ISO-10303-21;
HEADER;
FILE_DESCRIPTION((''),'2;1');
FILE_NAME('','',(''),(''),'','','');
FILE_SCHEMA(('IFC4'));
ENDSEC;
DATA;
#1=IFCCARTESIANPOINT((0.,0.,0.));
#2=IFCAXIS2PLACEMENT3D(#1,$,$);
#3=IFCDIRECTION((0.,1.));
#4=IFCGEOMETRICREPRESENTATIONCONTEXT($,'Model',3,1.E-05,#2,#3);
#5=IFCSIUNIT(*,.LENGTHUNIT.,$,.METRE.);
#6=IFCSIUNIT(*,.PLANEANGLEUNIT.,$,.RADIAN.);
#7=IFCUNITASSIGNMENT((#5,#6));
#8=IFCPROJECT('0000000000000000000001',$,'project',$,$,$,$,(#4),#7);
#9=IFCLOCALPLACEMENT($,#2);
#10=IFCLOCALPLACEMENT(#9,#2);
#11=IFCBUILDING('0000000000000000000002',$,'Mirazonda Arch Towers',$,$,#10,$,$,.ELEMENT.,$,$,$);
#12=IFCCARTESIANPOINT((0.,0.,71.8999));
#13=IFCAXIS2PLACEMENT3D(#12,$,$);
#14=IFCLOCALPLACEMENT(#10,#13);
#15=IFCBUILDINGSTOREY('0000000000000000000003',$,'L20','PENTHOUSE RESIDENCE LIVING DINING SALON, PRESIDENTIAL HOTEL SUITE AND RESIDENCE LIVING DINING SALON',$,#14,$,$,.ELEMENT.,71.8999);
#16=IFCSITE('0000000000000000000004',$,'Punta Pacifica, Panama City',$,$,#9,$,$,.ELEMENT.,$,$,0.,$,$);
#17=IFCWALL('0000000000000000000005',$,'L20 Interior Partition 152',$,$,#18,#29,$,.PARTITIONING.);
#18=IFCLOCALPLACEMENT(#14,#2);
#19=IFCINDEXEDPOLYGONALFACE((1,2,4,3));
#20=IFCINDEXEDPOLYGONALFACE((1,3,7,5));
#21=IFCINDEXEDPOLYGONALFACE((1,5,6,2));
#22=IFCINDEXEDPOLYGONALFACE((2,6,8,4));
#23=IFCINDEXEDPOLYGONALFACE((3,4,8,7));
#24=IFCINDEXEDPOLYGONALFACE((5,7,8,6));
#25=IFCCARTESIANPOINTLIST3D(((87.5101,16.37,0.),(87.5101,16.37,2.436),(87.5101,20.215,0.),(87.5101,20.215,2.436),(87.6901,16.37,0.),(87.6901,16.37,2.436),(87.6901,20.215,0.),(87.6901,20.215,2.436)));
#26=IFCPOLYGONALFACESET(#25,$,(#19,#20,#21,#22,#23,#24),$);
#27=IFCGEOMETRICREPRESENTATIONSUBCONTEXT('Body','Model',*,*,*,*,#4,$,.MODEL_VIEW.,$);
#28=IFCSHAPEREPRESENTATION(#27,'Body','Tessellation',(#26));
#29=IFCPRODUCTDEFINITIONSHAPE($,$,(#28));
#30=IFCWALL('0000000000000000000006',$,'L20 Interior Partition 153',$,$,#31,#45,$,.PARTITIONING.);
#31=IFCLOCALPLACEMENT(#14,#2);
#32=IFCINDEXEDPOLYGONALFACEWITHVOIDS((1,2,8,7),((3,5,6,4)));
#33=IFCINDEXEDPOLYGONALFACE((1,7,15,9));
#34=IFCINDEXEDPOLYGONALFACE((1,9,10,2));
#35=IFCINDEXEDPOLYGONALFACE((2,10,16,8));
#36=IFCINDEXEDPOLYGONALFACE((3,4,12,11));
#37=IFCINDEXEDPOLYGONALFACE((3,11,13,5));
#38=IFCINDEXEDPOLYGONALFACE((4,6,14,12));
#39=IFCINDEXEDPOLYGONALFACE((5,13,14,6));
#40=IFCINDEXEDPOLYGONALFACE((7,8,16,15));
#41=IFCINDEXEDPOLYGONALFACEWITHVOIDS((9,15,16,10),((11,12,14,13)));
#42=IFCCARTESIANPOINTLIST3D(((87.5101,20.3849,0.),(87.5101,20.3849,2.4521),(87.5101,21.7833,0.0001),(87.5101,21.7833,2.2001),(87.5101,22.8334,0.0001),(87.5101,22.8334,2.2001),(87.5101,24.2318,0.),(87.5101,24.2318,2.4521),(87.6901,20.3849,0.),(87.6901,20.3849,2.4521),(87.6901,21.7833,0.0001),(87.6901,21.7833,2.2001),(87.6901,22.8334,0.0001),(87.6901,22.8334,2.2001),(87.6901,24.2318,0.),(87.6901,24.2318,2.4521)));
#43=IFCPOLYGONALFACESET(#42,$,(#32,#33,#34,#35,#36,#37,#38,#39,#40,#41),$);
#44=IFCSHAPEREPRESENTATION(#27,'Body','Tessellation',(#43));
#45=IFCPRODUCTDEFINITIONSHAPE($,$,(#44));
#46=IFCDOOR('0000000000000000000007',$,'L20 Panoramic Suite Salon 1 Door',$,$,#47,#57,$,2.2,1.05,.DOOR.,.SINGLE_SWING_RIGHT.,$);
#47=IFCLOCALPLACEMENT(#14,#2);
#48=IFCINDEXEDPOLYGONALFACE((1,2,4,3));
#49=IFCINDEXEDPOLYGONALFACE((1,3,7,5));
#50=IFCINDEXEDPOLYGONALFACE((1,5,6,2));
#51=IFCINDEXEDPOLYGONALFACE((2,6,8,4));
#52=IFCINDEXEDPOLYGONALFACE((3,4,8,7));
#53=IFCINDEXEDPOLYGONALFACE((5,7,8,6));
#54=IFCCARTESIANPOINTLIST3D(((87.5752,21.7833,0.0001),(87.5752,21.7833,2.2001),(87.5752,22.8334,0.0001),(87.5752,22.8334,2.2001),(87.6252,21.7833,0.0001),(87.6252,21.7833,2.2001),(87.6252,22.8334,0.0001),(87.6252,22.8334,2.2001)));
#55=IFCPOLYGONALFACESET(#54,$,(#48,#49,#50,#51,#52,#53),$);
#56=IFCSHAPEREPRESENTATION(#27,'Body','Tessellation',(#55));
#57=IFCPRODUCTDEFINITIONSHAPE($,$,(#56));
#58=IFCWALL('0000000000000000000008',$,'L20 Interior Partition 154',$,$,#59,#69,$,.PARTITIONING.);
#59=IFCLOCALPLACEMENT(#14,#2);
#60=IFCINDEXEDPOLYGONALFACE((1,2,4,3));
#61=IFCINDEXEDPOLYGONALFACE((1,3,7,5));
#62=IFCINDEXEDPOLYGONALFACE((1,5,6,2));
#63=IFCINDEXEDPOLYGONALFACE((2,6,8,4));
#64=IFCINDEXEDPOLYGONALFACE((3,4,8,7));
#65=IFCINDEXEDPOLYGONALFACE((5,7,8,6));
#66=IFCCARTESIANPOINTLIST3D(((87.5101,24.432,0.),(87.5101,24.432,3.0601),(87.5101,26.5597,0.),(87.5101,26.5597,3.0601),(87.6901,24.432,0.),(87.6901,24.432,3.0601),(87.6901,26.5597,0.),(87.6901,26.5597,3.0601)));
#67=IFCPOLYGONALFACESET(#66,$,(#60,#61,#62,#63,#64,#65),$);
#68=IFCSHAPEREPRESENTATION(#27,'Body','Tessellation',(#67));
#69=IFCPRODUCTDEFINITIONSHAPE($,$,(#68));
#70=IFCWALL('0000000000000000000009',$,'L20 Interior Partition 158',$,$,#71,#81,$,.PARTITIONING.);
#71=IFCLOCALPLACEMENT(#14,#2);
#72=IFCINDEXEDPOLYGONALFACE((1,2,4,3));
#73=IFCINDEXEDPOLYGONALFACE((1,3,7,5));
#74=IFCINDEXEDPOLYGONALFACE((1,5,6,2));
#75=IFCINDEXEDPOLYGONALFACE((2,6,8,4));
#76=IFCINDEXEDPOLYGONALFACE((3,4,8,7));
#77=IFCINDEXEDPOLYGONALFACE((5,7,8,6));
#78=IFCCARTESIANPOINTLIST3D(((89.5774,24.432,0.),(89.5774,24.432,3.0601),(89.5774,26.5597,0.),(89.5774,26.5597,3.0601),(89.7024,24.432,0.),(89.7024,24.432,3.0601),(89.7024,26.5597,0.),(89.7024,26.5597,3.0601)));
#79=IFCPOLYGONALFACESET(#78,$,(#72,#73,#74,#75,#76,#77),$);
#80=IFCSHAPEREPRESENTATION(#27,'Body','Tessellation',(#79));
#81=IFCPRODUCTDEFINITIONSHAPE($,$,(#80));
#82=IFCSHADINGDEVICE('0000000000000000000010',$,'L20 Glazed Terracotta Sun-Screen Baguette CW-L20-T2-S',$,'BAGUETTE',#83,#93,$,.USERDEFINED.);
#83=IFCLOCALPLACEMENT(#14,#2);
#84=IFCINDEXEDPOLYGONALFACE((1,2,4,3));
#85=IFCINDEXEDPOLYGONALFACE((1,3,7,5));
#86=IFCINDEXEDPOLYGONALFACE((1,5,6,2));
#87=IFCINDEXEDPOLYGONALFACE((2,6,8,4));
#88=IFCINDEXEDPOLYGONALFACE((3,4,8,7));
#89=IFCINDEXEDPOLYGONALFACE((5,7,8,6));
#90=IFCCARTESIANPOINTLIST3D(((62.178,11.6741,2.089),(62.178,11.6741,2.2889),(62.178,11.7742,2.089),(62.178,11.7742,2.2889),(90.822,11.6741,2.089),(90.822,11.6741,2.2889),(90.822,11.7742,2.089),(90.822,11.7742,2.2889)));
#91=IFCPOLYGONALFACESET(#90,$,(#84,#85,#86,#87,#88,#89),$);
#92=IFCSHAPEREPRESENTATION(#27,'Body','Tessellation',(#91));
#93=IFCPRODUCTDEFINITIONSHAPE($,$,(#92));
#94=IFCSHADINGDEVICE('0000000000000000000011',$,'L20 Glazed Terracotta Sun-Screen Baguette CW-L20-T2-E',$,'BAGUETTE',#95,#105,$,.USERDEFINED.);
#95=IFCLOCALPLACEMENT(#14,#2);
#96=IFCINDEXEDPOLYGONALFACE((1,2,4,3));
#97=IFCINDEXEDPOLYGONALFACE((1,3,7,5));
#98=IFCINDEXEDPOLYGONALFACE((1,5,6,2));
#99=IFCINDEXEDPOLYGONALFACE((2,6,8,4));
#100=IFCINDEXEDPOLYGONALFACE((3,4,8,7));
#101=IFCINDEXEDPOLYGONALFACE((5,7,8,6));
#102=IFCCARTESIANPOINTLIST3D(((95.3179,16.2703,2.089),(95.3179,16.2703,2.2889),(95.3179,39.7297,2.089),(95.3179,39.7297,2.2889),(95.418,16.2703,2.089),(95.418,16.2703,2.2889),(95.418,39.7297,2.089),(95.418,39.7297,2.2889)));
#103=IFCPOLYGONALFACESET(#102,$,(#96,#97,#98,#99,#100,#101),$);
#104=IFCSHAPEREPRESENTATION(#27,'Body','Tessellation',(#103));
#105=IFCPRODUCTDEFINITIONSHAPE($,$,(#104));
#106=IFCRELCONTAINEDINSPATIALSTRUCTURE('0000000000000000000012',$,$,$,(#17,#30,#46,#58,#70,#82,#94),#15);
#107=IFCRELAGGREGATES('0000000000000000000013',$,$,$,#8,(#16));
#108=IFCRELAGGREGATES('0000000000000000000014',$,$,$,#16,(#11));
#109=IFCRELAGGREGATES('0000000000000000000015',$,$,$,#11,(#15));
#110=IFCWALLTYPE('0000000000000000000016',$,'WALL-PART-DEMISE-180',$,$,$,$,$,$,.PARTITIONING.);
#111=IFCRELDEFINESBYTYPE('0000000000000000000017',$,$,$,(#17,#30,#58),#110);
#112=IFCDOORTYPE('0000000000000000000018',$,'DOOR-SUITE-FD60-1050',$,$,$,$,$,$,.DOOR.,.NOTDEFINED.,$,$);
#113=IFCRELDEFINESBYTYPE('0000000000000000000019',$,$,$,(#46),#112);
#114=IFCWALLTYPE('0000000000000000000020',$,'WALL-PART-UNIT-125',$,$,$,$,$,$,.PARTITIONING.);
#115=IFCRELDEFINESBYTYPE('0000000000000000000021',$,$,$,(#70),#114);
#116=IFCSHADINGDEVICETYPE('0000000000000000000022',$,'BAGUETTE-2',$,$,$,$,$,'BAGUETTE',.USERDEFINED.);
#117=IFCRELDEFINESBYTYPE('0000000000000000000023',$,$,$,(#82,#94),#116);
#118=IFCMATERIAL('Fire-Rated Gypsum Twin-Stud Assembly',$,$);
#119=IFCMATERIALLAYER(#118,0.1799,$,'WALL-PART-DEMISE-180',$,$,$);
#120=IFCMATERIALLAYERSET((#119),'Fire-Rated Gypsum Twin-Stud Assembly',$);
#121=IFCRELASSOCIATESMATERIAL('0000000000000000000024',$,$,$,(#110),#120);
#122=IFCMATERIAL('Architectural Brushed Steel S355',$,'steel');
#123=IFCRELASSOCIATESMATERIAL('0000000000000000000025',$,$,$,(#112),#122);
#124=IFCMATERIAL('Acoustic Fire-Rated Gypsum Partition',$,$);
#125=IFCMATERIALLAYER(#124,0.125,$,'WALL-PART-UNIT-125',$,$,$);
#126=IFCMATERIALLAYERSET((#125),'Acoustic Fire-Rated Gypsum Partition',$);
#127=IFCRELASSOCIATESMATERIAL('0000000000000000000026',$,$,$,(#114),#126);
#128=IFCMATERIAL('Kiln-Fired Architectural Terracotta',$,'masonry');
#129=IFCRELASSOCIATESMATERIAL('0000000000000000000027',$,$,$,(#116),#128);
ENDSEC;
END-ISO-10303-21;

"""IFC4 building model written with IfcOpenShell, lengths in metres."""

from ifc_helpers import new_model, si_unit, direction, frame, frame_2d, origin, origin_2d, place, context, subcontext, project, spatial, rectangle, extrude, material, layer, layer_set, material_profile, profile_set, type_object, element, fill, save


model = new_model("IFC4")

# Units and contexts
model_context = context("Model", 3, precision=1e-05, world=origin(), true_north=direction((0.0, 1.0)))
body_context = subcontext(model_context, "Body", "Model", "MODEL_VIEW")
ifc_project = project(units=[si_unit("LENGTHUNIT", "METRE"), si_unit("PLANEANGLEUNIT", "RADIAN")], contexts=[model_context])

# Site, building, storey
site_placement = place(None, origin())
site = spatial("IfcSite", under=ifc_project, at=site_placement, Name="Punta Pacifica, Panama City", CompositionType="ELEMENT", RefElevation=0.0)
building_placement = place(site_placement, origin())
building = spatial("IfcBuilding", under=site, at=building_placement, Name="Mirazonda Arch Towers", CompositionType="ELEMENT")
storey_placement = place(building_placement, frame((0.0, 0.0, 71.8999)))
storey = spatial("IfcBuildingStorey", under=building, at=storey_placement, Name="L20", Description="PENTHOUSE RESIDENCE LIVING DINING SALON, PRESIDENTIAL HOTEL SUITE AND RESIDENCE LIVING DINING SALON", CompositionType="ELEMENT", Elevation=71.8999)

# Shared definitions
ifc_material_1 = material(Name="Fire-Rated Gypsum Twin-Stud Assembly")
ifc_layer_1 = layer(ifc_material_1, 0.1799, Name="WALL-PART-DEMISE-180")
ifc_layer_set_1 = layer_set([ifc_layer_1], Name="Fire-Rated Gypsum Twin-Stud Assembly")
wall_type_1 = type_object("IfcWallType", Name="WALL-PART-DEMISE-180", PredefinedType="PARTITIONING", material=ifc_layer_set_1)

# Shared definitions
ifc_material_2 = material(Name="Architectural Brushed Steel S355", Category="steel")

# Wall
wall_1_placement = place(storey_placement, frame((87.6001, 16.3701, 0.0), z_axis=(0.0, 0.0, 1.0), x_axis=(0.0, 1.0, 0.0)))
element("IfcWall", 1, at=wall_1_placement, inside=storey, type_object=wall_type_1, Name="L20 Interior Partition 152", PredefinedType="PARTITIONING", context=body_context, shape_type="SweptSolid", body=[
    extrude(rectangle(XDim=3.845, YDim=0.1799, at=frame_2d((1.9224, 0.0))), origin(), (0.0, 0.0, 1.0), 2.436),
])

# Wall, opening, door
wall_2_placement = place(storey_placement, frame((87.6001, 20.385, 0.0), z_axis=(0.0, 0.0, 1.0), x_axis=(0.0, 1.0, 0.0)))
wall_2 = element("IfcWall", 2, at=wall_2_placement, inside=storey, type_object=wall_type_1, Name="L20 Interior Partition 153", PredefinedType="PARTITIONING", context=body_context, shape_type="SweptSolid", body=[
    extrude(rectangle(XDim=3.8469, YDim=0.1799, at=frame_2d((1.9233, 0.0))), origin(), (0.0, 0.0, 1.0), 2.4521),
])
opening_1_placement = place(wall_2_placement, frame((1.3984, 0.0, 0.0)))
opening_1 = element("IfcOpeningElement", 3, at=opening_1_placement, cuts=wall_2, PredefinedType="OPENING", context=body_context, shape_type="SweptSolid", body=[
    extrude(rectangle(XDim=1.05, YDim=2.2, at=frame_2d((0.5249, 1.1001))), frame((0.0, 0.0999, 0.0), z_axis=(0.0, -1.0, 0.0), x_axis=(1.0, 0.0, 0.0)), (0.0, 0.0, 1.0), 0.2),
])
door_type_1 = type_object("IfcDoorType", Name="DOOR-SUITE-FD60-1050", OperationType="NOTDEFINED", PredefinedType="DOOR", material=ifc_material_2)
door_1_placement = place(opening_1_placement, origin())
door_1 = element("IfcDoor", 4, at=door_1_placement, inside=storey, type_object=door_type_1, Name="L20 Panoramic Suite Salon 1 Door", OperationType="SINGLE_SWING_RIGHT", OverallHeight=2.2, OverallWidth=1.05, PredefinedType="DOOR", context=body_context, shape_type="SweptSolid", body=[
    extrude(rectangle(XDim=1.05, YDim=2.2, at=frame_2d((0.5249, 1.1001))), frame((0.0, 0.0249, 0.0), z_axis=(0.0, -1.0, 0.0), x_axis=(1.0, 0.0, 0.0)), (0.0, 0.0, 1.0), 0.05),
])
fill(opening_1, door_1)

# Walls
wall_3_placement = place(storey_placement, frame((87.6001, 24.4319, 0.0), z_axis=(0.0, 0.0, 1.0), x_axis=(0.0, 1.0, 0.0)))
element("IfcWall", 5, at=wall_3_placement, inside=storey, type_object=wall_type_1, Name="L20 Interior Partition 154", PredefinedType="PARTITIONING", context=body_context, shape_type="SweptSolid", body=[
    extrude(rectangle(XDim=2.1277, YDim=0.1799, at=frame_2d((1.064, 0.0))), origin(), (0.0, 0.0, 1.0), 3.0601),
])
ifc_material_3 = material(Name="Acoustic Fire-Rated Gypsum Partition")
ifc_layer_2 = layer(ifc_material_3, 0.125, Name="WALL-PART-UNIT-125")
ifc_layer_set_2 = layer_set([ifc_layer_2], Name="Acoustic Fire-Rated Gypsum Partition")
wall_type_2 = type_object("IfcWallType", Name="WALL-PART-UNIT-125", PredefinedType="PARTITIONING", material=ifc_layer_set_2)
wall_4_placement = place(storey_placement, frame((89.6399, 24.4319, 0.0), z_axis=(0.0, 0.0, 1.0), x_axis=(0.0, 1.0, 0.0)))
element("IfcWall", 6, at=wall_4_placement, inside=storey, type_object=wall_type_2, Name="L20 Interior Partition 158", PredefinedType="PARTITIONING", context=body_context, shape_type="SweptSolid", body=[
    extrude(rectangle(XDim=2.1277, YDim=0.125, at=frame_2d((1.064, 0.0))), origin(), (0.0, 0.0, 1.0), 3.0601),
])

# Shading devices
ifc_material_4 = material(Name="Kiln-Fired Architectural Terracotta", Category="masonry")
ifc_material_profile_1 = material_profile(ifc_material_4, rectangle(XDim=0.1001, YDim=0.2, at=origin_2d()), Name="TERRA-BAG-100x200")
ifc_profile_set_1 = profile_set([ifc_material_profile_1], Name="Kiln-Fired Architectural Terracotta")
shading_device_type = type_object("IfcShadingDeviceType", Name="BAGUETTE-2", ElementType="BAGUETTE", PredefinedType="USERDEFINED", material=ifc_profile_set_1)
shading_device_1_placement = place(storey_placement, frame((90.822, 11.7241, 2.189), z_axis=(-1.0, 0.0, 0.0), x_axis=(0.0, -1.0, 0.0)))
element("IfcShadingDevice", 7, at=shading_device_1_placement, inside=storey, type_object=shading_device_type, Name="L20 Glazed Terracotta Sun-Screen Baguette CW-L20-T2-S", ObjectType="BAGUETTE", PredefinedType="USERDEFINED", context=body_context, shape_type="SweptSolid", body=[
    extrude(rectangle(XDim=0.1001, YDim=0.2, at=origin_2d()), origin(), (0.0, 0.0, 1.0), 28.644),
])
shading_device_2_placement = place(storey_placement, frame((95.3679, 16.2703, 2.189), z_axis=(0.0, 1.0, 0.0), x_axis=(-1.0, 0.0, 0.0)))
element("IfcShadingDevice", 8, at=shading_device_2_placement, inside=storey, type_object=shading_device_type, Name="L20 Glazed Terracotta Sun-Screen Baguette CW-L20-T2-E", ObjectType="BAGUETTE", PredefinedType="USERDEFINED", context=body_context, shape_type="SweptSolid", body=[
    extrude(rectangle(XDim=0.1001, YDim=0.2, at=origin_2d()), origin(), (0.0, 0.0, 1.0), 23.4595),
])

save(model, "model.ifc")
